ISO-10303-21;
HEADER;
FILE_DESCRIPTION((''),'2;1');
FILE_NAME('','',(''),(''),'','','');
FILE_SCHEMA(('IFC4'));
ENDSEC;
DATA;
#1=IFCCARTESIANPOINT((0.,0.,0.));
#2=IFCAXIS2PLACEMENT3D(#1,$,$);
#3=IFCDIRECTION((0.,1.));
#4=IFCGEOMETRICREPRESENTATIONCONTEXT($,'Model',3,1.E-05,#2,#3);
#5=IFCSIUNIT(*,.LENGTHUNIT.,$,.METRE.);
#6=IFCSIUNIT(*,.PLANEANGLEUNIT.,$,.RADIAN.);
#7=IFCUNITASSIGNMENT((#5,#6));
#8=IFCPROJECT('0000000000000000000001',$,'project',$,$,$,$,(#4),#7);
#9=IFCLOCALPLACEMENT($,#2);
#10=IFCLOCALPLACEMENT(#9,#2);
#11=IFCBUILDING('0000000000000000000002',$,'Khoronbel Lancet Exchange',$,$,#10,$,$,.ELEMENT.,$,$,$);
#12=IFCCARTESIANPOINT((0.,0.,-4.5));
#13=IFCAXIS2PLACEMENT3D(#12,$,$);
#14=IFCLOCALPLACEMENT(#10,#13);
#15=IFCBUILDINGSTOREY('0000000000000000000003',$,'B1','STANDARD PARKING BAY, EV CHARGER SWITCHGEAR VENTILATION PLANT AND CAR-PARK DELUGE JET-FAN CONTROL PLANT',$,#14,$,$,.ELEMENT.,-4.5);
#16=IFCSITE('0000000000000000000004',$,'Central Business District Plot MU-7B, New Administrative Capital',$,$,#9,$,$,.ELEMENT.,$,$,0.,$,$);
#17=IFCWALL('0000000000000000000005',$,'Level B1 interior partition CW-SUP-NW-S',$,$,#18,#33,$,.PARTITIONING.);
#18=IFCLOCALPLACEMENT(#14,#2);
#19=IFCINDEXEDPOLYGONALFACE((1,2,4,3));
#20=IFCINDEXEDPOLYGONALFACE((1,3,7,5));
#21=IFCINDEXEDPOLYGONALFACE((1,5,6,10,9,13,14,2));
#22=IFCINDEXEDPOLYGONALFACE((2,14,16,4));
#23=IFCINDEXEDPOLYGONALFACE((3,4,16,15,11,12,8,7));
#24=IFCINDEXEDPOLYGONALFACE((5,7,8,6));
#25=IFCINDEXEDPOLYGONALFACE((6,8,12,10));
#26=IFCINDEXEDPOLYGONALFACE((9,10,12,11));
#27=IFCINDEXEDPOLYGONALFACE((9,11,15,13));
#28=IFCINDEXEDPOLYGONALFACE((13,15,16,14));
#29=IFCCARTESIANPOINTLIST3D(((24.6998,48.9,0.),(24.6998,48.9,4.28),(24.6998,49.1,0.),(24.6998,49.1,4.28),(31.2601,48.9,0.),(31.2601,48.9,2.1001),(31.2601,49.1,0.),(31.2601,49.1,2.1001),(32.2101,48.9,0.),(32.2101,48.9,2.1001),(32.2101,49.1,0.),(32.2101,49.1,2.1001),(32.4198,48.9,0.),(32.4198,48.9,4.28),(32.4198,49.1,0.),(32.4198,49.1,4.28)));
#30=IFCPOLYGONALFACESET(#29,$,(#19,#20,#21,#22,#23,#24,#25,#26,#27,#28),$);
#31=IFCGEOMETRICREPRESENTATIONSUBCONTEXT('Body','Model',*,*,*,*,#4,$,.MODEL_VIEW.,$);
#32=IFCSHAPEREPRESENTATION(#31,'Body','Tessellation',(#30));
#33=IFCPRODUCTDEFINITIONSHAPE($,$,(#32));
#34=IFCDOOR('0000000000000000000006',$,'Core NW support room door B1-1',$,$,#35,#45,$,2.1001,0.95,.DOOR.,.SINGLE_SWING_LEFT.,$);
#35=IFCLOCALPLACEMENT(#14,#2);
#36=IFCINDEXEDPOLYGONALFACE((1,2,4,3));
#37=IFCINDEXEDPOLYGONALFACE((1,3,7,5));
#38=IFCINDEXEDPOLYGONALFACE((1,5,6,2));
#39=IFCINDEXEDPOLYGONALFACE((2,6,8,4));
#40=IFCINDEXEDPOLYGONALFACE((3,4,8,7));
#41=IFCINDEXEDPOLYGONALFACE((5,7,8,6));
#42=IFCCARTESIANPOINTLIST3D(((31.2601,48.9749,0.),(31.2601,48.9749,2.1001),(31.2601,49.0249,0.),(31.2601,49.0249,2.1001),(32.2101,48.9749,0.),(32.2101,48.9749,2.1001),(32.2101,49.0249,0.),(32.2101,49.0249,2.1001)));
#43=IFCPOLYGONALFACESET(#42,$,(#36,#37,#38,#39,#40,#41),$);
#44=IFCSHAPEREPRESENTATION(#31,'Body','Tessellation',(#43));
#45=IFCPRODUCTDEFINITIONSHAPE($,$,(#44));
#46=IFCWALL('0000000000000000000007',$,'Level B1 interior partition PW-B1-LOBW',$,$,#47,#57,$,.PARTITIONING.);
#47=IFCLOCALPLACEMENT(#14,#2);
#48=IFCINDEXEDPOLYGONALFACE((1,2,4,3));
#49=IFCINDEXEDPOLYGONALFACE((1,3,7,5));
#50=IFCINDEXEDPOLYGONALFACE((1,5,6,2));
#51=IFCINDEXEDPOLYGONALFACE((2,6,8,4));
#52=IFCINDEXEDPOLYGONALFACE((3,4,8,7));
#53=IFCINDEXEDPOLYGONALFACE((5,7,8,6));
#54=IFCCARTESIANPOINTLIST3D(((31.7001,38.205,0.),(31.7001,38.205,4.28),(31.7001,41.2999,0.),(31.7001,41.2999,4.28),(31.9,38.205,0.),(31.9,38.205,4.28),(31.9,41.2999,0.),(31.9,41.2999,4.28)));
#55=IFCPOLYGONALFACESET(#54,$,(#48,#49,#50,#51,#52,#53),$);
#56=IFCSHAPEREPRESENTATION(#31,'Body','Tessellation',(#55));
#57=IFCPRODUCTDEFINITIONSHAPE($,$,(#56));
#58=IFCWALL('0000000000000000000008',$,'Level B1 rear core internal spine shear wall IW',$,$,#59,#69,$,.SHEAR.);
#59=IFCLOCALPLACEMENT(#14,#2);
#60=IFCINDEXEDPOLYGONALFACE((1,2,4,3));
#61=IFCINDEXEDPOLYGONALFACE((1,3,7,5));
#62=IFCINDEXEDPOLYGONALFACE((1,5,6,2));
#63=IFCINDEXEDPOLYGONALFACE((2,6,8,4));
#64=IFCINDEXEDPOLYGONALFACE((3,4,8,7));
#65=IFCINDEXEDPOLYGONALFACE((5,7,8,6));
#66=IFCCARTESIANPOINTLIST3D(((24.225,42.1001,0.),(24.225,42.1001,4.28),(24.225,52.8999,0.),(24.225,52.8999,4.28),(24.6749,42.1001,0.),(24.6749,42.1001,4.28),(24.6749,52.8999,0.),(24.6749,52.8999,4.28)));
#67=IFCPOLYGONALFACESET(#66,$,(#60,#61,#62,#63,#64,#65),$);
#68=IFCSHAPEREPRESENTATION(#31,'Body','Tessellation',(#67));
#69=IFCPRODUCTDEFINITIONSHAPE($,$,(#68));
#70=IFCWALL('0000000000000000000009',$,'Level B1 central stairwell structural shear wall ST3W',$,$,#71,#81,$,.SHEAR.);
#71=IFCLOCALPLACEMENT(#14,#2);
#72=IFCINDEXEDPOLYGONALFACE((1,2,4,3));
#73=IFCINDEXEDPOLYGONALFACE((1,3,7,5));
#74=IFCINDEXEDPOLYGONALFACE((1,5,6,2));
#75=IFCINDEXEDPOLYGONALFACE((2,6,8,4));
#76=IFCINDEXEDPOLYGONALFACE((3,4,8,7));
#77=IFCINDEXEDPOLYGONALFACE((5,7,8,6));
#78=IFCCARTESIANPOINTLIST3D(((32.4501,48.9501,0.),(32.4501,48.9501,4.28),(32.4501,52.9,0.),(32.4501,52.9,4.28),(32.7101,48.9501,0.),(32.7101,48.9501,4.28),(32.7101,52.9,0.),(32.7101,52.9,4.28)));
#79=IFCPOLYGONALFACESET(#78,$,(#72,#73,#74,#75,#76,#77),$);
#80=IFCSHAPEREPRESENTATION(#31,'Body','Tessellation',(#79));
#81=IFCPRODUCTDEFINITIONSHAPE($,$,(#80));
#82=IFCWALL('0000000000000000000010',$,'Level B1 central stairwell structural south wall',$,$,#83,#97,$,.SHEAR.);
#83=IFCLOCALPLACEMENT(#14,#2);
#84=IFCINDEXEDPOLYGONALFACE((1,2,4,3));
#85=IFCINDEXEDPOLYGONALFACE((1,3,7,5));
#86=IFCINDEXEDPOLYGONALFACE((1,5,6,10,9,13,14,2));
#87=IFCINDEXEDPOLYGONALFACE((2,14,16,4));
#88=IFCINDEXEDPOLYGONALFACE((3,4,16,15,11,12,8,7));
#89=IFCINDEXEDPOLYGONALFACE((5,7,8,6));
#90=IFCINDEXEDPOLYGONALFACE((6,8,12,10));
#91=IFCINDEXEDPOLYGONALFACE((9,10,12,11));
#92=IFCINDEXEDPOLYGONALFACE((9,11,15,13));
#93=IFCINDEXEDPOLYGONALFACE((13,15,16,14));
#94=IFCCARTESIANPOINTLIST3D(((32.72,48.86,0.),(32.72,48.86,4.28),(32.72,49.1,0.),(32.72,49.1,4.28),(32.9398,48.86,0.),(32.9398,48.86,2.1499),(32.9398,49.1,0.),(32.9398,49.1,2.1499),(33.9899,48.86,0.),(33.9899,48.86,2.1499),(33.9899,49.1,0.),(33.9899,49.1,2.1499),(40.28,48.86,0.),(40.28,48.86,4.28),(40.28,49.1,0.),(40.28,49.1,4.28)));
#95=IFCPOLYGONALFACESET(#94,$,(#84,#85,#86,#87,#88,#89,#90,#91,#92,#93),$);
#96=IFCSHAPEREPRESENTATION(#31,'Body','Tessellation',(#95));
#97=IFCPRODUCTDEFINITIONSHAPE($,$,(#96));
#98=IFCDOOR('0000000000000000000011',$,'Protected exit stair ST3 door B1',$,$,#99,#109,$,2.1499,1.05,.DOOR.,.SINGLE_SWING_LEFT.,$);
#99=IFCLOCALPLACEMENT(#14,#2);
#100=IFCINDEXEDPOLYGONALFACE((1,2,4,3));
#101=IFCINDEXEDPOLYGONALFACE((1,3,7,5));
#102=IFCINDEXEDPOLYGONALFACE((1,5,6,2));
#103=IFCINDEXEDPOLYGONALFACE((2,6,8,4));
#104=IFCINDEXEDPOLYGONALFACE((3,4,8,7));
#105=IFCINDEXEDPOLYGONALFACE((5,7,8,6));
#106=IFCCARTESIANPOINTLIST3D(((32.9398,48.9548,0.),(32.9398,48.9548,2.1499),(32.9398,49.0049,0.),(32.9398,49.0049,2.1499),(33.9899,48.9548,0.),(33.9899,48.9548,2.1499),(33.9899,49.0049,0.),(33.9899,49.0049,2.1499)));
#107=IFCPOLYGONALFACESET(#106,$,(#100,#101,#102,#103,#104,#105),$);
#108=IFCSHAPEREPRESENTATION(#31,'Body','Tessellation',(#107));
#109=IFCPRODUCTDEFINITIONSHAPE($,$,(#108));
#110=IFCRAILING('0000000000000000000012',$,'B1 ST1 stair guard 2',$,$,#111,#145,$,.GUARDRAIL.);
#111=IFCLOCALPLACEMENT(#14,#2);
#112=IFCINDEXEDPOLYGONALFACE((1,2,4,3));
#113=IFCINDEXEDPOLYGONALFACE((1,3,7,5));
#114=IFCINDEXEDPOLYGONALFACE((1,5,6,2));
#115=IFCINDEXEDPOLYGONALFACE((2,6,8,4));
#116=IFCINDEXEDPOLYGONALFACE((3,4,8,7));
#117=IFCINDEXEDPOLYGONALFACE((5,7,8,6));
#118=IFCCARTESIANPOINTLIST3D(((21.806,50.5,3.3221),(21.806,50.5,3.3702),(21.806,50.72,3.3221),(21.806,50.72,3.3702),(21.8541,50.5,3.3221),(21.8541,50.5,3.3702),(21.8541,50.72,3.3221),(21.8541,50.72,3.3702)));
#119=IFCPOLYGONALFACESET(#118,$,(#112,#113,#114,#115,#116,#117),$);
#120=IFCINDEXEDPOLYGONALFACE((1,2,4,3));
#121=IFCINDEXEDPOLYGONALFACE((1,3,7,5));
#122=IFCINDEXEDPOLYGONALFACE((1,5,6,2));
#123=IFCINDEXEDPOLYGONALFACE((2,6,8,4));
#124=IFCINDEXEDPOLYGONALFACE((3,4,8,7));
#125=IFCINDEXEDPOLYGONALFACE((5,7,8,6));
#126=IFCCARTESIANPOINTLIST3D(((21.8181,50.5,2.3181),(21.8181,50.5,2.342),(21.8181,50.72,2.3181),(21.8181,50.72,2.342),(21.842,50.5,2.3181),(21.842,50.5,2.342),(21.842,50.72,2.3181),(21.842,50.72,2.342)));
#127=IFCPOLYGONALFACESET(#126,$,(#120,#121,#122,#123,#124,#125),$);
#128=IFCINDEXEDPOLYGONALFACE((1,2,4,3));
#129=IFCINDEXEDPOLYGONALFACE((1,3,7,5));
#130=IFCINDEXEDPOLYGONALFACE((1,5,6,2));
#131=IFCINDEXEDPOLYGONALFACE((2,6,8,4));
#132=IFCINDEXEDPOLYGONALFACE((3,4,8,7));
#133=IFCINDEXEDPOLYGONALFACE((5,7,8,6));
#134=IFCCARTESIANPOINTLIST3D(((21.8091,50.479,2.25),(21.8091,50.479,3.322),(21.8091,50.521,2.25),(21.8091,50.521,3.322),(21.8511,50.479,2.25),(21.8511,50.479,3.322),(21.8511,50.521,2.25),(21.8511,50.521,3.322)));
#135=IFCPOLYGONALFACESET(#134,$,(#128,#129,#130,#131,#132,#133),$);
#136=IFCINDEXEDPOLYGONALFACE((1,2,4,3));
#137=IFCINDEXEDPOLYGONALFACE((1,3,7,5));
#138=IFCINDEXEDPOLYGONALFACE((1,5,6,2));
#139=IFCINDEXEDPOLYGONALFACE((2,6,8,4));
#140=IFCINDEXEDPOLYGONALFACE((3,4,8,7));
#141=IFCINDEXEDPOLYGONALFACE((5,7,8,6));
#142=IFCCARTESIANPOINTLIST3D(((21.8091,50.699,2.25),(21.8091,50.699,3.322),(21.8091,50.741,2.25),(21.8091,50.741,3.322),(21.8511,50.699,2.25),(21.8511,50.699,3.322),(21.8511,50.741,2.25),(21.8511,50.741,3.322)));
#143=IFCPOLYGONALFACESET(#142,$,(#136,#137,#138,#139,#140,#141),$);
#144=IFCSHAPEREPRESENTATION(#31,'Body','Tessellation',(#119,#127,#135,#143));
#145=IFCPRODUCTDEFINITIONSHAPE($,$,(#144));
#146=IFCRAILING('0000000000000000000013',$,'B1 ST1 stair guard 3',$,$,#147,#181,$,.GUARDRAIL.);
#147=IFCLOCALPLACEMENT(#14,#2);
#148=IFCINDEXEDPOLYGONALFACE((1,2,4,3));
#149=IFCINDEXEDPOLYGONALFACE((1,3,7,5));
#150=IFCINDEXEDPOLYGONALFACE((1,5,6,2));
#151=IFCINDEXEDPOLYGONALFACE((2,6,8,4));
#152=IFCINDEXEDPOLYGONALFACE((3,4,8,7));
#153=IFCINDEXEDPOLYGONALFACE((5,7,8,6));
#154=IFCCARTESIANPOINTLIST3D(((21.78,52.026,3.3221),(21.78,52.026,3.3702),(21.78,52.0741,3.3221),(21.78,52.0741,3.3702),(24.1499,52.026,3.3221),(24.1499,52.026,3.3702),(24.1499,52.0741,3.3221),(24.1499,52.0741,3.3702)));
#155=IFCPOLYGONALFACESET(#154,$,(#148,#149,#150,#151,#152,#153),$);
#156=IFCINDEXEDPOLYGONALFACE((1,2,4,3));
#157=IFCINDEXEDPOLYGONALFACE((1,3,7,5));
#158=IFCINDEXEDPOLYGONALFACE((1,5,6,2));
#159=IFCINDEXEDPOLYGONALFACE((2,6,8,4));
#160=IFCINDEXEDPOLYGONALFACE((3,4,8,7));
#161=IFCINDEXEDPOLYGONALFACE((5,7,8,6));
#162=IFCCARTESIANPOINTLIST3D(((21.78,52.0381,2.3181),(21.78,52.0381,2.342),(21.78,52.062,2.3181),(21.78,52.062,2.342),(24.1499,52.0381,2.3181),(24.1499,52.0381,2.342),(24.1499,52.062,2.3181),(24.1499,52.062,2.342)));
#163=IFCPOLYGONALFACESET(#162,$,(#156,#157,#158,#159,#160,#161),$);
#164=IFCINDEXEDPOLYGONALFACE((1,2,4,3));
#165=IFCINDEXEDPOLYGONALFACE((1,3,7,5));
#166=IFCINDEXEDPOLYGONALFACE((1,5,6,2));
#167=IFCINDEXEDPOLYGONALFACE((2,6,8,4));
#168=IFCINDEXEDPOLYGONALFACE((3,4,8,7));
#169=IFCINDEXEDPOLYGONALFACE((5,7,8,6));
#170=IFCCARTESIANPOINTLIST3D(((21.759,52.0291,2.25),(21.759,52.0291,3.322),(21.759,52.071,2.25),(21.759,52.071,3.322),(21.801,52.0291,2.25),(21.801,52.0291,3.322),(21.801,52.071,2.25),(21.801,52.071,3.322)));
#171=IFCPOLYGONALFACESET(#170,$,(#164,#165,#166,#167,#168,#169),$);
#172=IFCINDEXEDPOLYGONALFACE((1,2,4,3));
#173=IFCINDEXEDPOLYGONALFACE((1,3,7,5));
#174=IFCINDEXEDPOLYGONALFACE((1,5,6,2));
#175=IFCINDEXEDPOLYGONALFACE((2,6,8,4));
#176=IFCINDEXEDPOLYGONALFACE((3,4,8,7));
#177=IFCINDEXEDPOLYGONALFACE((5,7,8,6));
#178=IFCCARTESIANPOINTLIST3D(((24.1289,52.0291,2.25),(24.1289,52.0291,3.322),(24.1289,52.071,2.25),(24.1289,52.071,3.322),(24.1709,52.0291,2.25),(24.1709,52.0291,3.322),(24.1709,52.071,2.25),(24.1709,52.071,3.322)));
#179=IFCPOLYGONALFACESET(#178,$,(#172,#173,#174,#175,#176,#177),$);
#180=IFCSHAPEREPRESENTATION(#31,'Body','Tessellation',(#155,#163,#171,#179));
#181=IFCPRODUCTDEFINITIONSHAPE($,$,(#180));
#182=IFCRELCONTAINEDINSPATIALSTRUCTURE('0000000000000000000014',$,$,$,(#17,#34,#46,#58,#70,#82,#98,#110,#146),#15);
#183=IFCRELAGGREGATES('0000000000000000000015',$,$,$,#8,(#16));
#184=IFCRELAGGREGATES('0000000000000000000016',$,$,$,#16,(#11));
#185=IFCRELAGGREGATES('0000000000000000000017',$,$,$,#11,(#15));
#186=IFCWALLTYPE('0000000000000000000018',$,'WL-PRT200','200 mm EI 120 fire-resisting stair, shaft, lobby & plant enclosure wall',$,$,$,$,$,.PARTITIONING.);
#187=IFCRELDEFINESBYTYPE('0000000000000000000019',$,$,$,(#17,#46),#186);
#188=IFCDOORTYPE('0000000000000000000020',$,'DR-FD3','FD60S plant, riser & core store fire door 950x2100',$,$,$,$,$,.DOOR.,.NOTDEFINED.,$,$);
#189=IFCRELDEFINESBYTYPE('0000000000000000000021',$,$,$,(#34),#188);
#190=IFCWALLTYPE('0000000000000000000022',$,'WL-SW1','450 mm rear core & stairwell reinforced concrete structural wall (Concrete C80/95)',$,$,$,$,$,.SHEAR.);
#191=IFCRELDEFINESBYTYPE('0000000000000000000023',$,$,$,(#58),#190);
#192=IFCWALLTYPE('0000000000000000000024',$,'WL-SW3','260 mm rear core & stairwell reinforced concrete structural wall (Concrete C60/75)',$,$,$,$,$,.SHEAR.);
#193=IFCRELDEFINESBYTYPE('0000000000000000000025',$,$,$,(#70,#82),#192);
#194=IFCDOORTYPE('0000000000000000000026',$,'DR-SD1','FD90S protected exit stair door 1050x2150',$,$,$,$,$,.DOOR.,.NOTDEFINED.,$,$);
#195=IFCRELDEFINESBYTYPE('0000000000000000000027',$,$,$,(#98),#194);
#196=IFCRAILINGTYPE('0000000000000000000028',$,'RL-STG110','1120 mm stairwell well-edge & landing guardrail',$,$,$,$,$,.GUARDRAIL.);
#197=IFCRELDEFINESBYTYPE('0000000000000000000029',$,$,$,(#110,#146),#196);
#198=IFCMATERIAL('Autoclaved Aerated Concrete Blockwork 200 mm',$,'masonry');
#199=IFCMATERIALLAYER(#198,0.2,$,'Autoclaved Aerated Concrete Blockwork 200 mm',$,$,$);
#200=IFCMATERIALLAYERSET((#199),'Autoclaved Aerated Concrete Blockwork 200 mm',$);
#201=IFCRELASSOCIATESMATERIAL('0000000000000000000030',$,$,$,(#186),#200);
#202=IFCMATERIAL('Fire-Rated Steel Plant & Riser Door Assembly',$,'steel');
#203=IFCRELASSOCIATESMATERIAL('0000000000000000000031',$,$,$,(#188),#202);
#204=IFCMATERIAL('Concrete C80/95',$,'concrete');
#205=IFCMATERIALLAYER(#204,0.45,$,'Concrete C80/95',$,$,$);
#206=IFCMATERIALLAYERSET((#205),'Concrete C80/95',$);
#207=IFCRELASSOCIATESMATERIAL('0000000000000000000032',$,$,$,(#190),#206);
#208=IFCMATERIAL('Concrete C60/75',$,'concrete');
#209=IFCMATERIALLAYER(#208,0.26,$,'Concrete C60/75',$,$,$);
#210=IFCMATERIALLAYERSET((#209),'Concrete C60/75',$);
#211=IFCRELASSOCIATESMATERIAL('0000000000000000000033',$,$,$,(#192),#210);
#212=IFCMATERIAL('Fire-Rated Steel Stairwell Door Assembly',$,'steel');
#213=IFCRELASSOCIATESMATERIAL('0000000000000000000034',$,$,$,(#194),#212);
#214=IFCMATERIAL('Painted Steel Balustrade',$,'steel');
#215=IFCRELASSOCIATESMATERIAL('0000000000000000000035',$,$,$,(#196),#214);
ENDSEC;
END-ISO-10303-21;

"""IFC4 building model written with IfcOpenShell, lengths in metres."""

from ifc_helpers import new_model, si_unit, direction, frame, frame_2d, origin, origin_2d, place, context, subcontext, project, spatial, rectangle, extrude, material, layer, layer_set, type_object, element, fill, save


model = new_model("IFC4")

# Units and contexts
model_context = context("Model", 3, precision=1e-05, world=origin(), true_north=direction((0.0, 1.0)))
body_context = subcontext(model_context, "Body", "Model", "MODEL_VIEW")
ifc_project = project(units=[si_unit("LENGTHUNIT", "METRE"), si_unit("PLANEANGLEUNIT", "RADIAN")], contexts=[model_context])

# Site, building, storey
site_placement = place(None, origin())
site = spatial("IfcSite", under=ifc_project, at=site_placement, Name="Central Business District Plot MU-7B, New Administrative Capital", CompositionType="ELEMENT", RefElevation=0.0)
building_placement = place(site_placement, origin())
building = spatial("IfcBuilding", under=site, at=building_placement, Name="Khoronbel Lancet Exchange", CompositionType="ELEMENT")
storey_placement = place(building_placement, frame((0.0, 0.0, -4.5)))
storey = spatial("IfcBuildingStorey", under=building, at=storey_placement, Name="B1", Description="STANDARD PARKING BAY, EV CHARGER SWITCHGEAR VENTILATION PLANT AND CAR-PARK DELUGE JET-FAN CONTROL PLANT", CompositionType="ELEMENT", Elevation=-4.5)

# Shared definitions
ifc_material_1 = material(Name="Concrete C80/95", Category="concrete")

# Shared definitions
ifc_material_2 = material(Name="Autoclaved Aerated Concrete Blockwork 200 mm", Category="masonry")
ifc_layer_1 = layer(ifc_material_2, 0.2, Name="Autoclaved Aerated Concrete Blockwork 200 mm")
ifc_layer_set_1 = layer_set([ifc_layer_1], Name="Autoclaved Aerated Concrete Blockwork 200 mm")
wall_type_1 = type_object("IfcWallType", Name="WL-PRT200", Description="200 mm EI 120 fire-resisting stair, shaft, lobby & plant enclosure wall", PredefinedType="PARTITIONING", material=ifc_layer_set_1)

# Wall, opening, door
wall_1_placement = place(storey_placement, frame((24.7, 49.0, 0.0), z_axis=(0.0, 0.0, 1.0), x_axis=(1.0, 0.0, 0.0)))
wall_1 = element("IfcWall", 1, at=wall_1_placement, inside=storey, type_object=wall_type_1, Name="Level B1 interior partition CW-SUP-NW-S", PredefinedType="PARTITIONING", context=body_context, shape_type="SweptSolid", body=[
    extrude(rectangle(XDim=7.72, YDim=0.2, at=frame_2d((3.8599, 0.0))), origin(), (0.0, 0.0, 1.0), 4.28),
])
opening_1_placement = place(wall_1_placement, frame((6.5601, 0.0, 0.0)))
opening_1 = element("IfcOpeningElement", 2, at=opening_1_placement, cuts=wall_1, PredefinedType="OPENING", context=body_context, shape_type="SweptSolid", body=[
    extrude(rectangle(XDim=0.95, YDim=2.1001, at=frame_2d((0.4751, 1.05))), frame((0.0, 0.1099, 0.0), z_axis=(0.0, -1.0, 0.0), x_axis=(1.0, 0.0, 0.0)), (0.0, 0.0, 1.0), 0.22),
])
ifc_material_3 = material(Name="Fire-Rated Steel Plant & Riser Door Assembly", Category="steel")
door_type_1 = type_object("IfcDoorType", Name="DR-FD3", Description="FD60S plant, riser & core store fire door 950x2100", OperationType="NOTDEFINED", PredefinedType="DOOR", material=ifc_material_3)
door_1_placement = place(opening_1_placement, origin())
door_1 = element("IfcDoor", 3, at=door_1_placement, inside=storey, type_object=door_type_1, Name="Core NW support room door B1-1", OperationType="SINGLE_SWING_LEFT", OverallHeight=2.1001, OverallWidth=0.95, PredefinedType="DOOR", context=body_context, shape_type="SweptSolid", body=[
    extrude(rectangle(XDim=0.95, YDim=2.1001, at=frame_2d((0.4751, 1.05))), frame((0.0, 0.0249, 0.0), z_axis=(0.0, -1.0, 0.0), x_axis=(1.0, 0.0, 0.0)), (0.0, 0.0, 1.0), 0.05),
])
fill(opening_1, door_1)

# Walls
wall_2_placement = place(storey_placement, frame((31.8, 38.2051, 0.0), z_axis=(0.0, 0.0, 1.0), x_axis=(0.0, 1.0, 0.0)))
element("IfcWall", 4, at=wall_2_placement, inside=storey, type_object=wall_type_1, Name="Level B1 interior partition PW-B1-LOBW", PredefinedType="PARTITIONING", context=body_context, shape_type="SweptSolid", body=[
    extrude(rectangle(XDim=3.095, YDim=0.2, at=frame_2d((1.5474, 0.0))), origin(), (0.0, 0.0, 1.0), 4.28),
])
ifc_layer_2 = layer(ifc_material_1, 0.45, Name="Concrete C80/95")
ifc_layer_set_2 = layer_set([ifc_layer_2], Name="Concrete C80/95")
wall_type_2 = type_object("IfcWallType", Name="WL-SW1", Description="450 mm rear core & stairwell reinforced concrete structural wall (Concrete C80/95)", PredefinedType="SHEAR", material=ifc_layer_set_2)
wall_3_placement = place(storey_placement, frame((24.45, 42.1001, 0.0), z_axis=(0.0, 0.0, 1.0), x_axis=(0.0, 1.0, 0.0)))
element("IfcWall", 5, at=wall_3_placement, inside=storey, type_object=wall_type_2, Name="Level B1 rear core internal spine shear wall IW", PredefinedType="SHEAR", context=body_context, shape_type="SweptSolid", body=[
    extrude(rectangle(XDim=10.7998, YDim=0.45, at=frame_2d((5.3999, 0.0))), origin(), (0.0, 0.0, 1.0), 4.28),
])
ifc_material_4 = material(Name="Concrete C60/75", Category="concrete")
ifc_layer_3 = layer(ifc_material_4, 0.26, Name="Concrete C60/75")
ifc_layer_set_3 = layer_set([ifc_layer_3], Name="Concrete C60/75")
wall_type_3 = type_object("IfcWallType", Name="WL-SW3", Description="260 mm rear core & stairwell reinforced concrete structural wall (Concrete C60/75)", PredefinedType="SHEAR", material=ifc_layer_set_3)
wall_4_placement = place(storey_placement, frame((32.5801, 48.95, 0.0), z_axis=(0.0, 0.0, 1.0), x_axis=(0.0, 1.0, 0.0)))
element("IfcWall", 6, at=wall_4_placement, inside=storey, type_object=wall_type_3, Name="Level B1 central stairwell structural shear wall ST3W", PredefinedType="SHEAR", context=body_context, shape_type="SweptSolid", body=[
    extrude(rectangle(XDim=3.95, YDim=0.26, at=frame_2d((1.9751, 0.0))), origin(), (0.0, 0.0, 1.0), 4.28),
])

# Wall, opening, door
wall_5_placement = place(storey_placement, frame((32.72, 48.98, 0.0), z_axis=(0.0, 0.0, 1.0), x_axis=(1.0, 0.0, 0.0)))
wall_5 = element("IfcWall", 7, at=wall_5_placement, inside=storey, type_object=wall_type_3, Name="Level B1 central stairwell structural south wall", PredefinedType="SHEAR", context=body_context, shape_type="SweptSolid", body=[
    extrude(rectangle(XDim=7.5601, YDim=0.24, at=frame_2d((3.78, 0.0))), origin(), (0.0, 0.0, 1.0), 4.28),
])
opening_2_placement = place(wall_5_placement, frame((0.22, 0.0, 0.0)))
opening_2 = element("IfcOpeningElement", 8, at=opening_2_placement, cuts=wall_5, PredefinedType="OPENING", context=body_context, shape_type="SweptSolid", body=[
    extrude(rectangle(XDim=1.05, YDim=2.1499, at=frame_2d((0.5249, 1.075))), frame((0.0, 0.1299, 0.0), z_axis=(0.0, -1.0, 0.0), x_axis=(1.0, 0.0, 0.0)), (0.0, 0.0, 1.0), 0.26),
])
ifc_material_5 = material(Name="Fire-Rated Steel Stairwell Door Assembly", Category="steel")
door_type_2 = type_object("IfcDoorType", Name="DR-SD1", Description="FD90S protected exit stair door 1050x2150", OperationType="NOTDEFINED", PredefinedType="DOOR", material=ifc_material_5)
door_2_placement = place(opening_2_placement, origin())
door_2 = element("IfcDoor", 9, at=door_2_placement, inside=storey, type_object=door_type_2, Name="Protected exit stair ST3 door B1", OperationType="SINGLE_SWING_LEFT", OverallHeight=2.1499, OverallWidth=1.05, PredefinedType="DOOR", context=body_context, shape_type="SweptSolid", body=[
    extrude(rectangle(XDim=1.05, YDim=2.1499, at=frame_2d((0.5249, 1.075))), frame((0.0, 0.0249, 0.0), z_axis=(0.0, -1.0, 0.0), x_axis=(1.0, 0.0, 0.0)), (0.0, 0.0, 1.0), 0.05),
])
fill(opening_2, door_2)

# Railings
ifc_material_6 = material(Name="Painted Steel Balustrade", Category="steel")
railing_type_1 = type_object("IfcRailingType", Name="RL-STG110", Description="1120 mm stairwell well-edge & landing guardrail", PredefinedType="GUARDRAIL", material=ifc_material_6)
railing_1_placement = place(storey_placement, frame((21.8301, 50.5, 2.25)))
element("IfcRailing", 10, at=railing_1_placement, inside=storey, type_object=railing_type_1, Name="B1 ST1 stair guard 2", PredefinedType="GUARDRAIL", context=body_context, shape_type="SweptSolid", body=[
    extrude(rectangle(XDim=0.0481, YDim=0.0481, at=origin_2d()), frame((0.0, 0.0, 1.0962), z_axis=(0.0, 1.0, 0.0), x_axis=(-1.0, 0.0, 0.0)), (0.0, 0.0, 1.0), 0.22),
    extrude(rectangle(XDim=0.0239, YDim=0.0239, at=origin_2d()), frame((0.0, 0.0, 0.0801), z_axis=(0.0, 1.0, 0.0), x_axis=(-1.0, 0.0, 0.0)), (0.0, 0.0, 1.0), 0.22),
    extrude(rectangle(XDim=0.042, YDim=0.042, at=origin_2d()), origin(), (0.0, 0.0, 1.0), 1.072),
    extrude(rectangle(XDim=0.042, YDim=0.042, at=origin_2d()), frame((0.0, 0.22, 0.0)), (0.0, 0.0, 1.0), 1.072),
])
railing_2_placement = place(storey_placement, frame((21.78, 52.05, 2.25)))
element("IfcRailing", 11, at=railing_2_placement, inside=storey, type_object=railing_type_1, Name="B1 ST1 stair guard 3", PredefinedType="GUARDRAIL", context=body_context, shape_type="SweptSolid", body=[
    extrude(rectangle(XDim=0.0481, YDim=0.0481, at=origin_2d()), frame((0.0, 0.0, 1.0962), z_axis=(1.0, 0.0, 0.0), x_axis=(0.0, 1.0, 0.0)), (0.0, 0.0, 1.0), 2.3699),
    extrude(rectangle(XDim=0.0239, YDim=0.0239, at=origin_2d()), frame((0.0, 0.0, 0.0801), z_axis=(1.0, 0.0, 0.0), x_axis=(0.0, 1.0, 0.0)), (0.0, 0.0, 1.0), 2.3699),
    extrude(rectangle(XDim=0.042, YDim=0.042, at=origin_2d()), origin(), (0.0, 0.0, 1.0), 1.072),
    extrude(rectangle(XDim=0.042, YDim=0.042, at=origin_2d()), frame((2.3699, 0.0, 0.0)), (0.0, 0.0, 1.0), 1.072),
])

save(model, "model.ifc")
